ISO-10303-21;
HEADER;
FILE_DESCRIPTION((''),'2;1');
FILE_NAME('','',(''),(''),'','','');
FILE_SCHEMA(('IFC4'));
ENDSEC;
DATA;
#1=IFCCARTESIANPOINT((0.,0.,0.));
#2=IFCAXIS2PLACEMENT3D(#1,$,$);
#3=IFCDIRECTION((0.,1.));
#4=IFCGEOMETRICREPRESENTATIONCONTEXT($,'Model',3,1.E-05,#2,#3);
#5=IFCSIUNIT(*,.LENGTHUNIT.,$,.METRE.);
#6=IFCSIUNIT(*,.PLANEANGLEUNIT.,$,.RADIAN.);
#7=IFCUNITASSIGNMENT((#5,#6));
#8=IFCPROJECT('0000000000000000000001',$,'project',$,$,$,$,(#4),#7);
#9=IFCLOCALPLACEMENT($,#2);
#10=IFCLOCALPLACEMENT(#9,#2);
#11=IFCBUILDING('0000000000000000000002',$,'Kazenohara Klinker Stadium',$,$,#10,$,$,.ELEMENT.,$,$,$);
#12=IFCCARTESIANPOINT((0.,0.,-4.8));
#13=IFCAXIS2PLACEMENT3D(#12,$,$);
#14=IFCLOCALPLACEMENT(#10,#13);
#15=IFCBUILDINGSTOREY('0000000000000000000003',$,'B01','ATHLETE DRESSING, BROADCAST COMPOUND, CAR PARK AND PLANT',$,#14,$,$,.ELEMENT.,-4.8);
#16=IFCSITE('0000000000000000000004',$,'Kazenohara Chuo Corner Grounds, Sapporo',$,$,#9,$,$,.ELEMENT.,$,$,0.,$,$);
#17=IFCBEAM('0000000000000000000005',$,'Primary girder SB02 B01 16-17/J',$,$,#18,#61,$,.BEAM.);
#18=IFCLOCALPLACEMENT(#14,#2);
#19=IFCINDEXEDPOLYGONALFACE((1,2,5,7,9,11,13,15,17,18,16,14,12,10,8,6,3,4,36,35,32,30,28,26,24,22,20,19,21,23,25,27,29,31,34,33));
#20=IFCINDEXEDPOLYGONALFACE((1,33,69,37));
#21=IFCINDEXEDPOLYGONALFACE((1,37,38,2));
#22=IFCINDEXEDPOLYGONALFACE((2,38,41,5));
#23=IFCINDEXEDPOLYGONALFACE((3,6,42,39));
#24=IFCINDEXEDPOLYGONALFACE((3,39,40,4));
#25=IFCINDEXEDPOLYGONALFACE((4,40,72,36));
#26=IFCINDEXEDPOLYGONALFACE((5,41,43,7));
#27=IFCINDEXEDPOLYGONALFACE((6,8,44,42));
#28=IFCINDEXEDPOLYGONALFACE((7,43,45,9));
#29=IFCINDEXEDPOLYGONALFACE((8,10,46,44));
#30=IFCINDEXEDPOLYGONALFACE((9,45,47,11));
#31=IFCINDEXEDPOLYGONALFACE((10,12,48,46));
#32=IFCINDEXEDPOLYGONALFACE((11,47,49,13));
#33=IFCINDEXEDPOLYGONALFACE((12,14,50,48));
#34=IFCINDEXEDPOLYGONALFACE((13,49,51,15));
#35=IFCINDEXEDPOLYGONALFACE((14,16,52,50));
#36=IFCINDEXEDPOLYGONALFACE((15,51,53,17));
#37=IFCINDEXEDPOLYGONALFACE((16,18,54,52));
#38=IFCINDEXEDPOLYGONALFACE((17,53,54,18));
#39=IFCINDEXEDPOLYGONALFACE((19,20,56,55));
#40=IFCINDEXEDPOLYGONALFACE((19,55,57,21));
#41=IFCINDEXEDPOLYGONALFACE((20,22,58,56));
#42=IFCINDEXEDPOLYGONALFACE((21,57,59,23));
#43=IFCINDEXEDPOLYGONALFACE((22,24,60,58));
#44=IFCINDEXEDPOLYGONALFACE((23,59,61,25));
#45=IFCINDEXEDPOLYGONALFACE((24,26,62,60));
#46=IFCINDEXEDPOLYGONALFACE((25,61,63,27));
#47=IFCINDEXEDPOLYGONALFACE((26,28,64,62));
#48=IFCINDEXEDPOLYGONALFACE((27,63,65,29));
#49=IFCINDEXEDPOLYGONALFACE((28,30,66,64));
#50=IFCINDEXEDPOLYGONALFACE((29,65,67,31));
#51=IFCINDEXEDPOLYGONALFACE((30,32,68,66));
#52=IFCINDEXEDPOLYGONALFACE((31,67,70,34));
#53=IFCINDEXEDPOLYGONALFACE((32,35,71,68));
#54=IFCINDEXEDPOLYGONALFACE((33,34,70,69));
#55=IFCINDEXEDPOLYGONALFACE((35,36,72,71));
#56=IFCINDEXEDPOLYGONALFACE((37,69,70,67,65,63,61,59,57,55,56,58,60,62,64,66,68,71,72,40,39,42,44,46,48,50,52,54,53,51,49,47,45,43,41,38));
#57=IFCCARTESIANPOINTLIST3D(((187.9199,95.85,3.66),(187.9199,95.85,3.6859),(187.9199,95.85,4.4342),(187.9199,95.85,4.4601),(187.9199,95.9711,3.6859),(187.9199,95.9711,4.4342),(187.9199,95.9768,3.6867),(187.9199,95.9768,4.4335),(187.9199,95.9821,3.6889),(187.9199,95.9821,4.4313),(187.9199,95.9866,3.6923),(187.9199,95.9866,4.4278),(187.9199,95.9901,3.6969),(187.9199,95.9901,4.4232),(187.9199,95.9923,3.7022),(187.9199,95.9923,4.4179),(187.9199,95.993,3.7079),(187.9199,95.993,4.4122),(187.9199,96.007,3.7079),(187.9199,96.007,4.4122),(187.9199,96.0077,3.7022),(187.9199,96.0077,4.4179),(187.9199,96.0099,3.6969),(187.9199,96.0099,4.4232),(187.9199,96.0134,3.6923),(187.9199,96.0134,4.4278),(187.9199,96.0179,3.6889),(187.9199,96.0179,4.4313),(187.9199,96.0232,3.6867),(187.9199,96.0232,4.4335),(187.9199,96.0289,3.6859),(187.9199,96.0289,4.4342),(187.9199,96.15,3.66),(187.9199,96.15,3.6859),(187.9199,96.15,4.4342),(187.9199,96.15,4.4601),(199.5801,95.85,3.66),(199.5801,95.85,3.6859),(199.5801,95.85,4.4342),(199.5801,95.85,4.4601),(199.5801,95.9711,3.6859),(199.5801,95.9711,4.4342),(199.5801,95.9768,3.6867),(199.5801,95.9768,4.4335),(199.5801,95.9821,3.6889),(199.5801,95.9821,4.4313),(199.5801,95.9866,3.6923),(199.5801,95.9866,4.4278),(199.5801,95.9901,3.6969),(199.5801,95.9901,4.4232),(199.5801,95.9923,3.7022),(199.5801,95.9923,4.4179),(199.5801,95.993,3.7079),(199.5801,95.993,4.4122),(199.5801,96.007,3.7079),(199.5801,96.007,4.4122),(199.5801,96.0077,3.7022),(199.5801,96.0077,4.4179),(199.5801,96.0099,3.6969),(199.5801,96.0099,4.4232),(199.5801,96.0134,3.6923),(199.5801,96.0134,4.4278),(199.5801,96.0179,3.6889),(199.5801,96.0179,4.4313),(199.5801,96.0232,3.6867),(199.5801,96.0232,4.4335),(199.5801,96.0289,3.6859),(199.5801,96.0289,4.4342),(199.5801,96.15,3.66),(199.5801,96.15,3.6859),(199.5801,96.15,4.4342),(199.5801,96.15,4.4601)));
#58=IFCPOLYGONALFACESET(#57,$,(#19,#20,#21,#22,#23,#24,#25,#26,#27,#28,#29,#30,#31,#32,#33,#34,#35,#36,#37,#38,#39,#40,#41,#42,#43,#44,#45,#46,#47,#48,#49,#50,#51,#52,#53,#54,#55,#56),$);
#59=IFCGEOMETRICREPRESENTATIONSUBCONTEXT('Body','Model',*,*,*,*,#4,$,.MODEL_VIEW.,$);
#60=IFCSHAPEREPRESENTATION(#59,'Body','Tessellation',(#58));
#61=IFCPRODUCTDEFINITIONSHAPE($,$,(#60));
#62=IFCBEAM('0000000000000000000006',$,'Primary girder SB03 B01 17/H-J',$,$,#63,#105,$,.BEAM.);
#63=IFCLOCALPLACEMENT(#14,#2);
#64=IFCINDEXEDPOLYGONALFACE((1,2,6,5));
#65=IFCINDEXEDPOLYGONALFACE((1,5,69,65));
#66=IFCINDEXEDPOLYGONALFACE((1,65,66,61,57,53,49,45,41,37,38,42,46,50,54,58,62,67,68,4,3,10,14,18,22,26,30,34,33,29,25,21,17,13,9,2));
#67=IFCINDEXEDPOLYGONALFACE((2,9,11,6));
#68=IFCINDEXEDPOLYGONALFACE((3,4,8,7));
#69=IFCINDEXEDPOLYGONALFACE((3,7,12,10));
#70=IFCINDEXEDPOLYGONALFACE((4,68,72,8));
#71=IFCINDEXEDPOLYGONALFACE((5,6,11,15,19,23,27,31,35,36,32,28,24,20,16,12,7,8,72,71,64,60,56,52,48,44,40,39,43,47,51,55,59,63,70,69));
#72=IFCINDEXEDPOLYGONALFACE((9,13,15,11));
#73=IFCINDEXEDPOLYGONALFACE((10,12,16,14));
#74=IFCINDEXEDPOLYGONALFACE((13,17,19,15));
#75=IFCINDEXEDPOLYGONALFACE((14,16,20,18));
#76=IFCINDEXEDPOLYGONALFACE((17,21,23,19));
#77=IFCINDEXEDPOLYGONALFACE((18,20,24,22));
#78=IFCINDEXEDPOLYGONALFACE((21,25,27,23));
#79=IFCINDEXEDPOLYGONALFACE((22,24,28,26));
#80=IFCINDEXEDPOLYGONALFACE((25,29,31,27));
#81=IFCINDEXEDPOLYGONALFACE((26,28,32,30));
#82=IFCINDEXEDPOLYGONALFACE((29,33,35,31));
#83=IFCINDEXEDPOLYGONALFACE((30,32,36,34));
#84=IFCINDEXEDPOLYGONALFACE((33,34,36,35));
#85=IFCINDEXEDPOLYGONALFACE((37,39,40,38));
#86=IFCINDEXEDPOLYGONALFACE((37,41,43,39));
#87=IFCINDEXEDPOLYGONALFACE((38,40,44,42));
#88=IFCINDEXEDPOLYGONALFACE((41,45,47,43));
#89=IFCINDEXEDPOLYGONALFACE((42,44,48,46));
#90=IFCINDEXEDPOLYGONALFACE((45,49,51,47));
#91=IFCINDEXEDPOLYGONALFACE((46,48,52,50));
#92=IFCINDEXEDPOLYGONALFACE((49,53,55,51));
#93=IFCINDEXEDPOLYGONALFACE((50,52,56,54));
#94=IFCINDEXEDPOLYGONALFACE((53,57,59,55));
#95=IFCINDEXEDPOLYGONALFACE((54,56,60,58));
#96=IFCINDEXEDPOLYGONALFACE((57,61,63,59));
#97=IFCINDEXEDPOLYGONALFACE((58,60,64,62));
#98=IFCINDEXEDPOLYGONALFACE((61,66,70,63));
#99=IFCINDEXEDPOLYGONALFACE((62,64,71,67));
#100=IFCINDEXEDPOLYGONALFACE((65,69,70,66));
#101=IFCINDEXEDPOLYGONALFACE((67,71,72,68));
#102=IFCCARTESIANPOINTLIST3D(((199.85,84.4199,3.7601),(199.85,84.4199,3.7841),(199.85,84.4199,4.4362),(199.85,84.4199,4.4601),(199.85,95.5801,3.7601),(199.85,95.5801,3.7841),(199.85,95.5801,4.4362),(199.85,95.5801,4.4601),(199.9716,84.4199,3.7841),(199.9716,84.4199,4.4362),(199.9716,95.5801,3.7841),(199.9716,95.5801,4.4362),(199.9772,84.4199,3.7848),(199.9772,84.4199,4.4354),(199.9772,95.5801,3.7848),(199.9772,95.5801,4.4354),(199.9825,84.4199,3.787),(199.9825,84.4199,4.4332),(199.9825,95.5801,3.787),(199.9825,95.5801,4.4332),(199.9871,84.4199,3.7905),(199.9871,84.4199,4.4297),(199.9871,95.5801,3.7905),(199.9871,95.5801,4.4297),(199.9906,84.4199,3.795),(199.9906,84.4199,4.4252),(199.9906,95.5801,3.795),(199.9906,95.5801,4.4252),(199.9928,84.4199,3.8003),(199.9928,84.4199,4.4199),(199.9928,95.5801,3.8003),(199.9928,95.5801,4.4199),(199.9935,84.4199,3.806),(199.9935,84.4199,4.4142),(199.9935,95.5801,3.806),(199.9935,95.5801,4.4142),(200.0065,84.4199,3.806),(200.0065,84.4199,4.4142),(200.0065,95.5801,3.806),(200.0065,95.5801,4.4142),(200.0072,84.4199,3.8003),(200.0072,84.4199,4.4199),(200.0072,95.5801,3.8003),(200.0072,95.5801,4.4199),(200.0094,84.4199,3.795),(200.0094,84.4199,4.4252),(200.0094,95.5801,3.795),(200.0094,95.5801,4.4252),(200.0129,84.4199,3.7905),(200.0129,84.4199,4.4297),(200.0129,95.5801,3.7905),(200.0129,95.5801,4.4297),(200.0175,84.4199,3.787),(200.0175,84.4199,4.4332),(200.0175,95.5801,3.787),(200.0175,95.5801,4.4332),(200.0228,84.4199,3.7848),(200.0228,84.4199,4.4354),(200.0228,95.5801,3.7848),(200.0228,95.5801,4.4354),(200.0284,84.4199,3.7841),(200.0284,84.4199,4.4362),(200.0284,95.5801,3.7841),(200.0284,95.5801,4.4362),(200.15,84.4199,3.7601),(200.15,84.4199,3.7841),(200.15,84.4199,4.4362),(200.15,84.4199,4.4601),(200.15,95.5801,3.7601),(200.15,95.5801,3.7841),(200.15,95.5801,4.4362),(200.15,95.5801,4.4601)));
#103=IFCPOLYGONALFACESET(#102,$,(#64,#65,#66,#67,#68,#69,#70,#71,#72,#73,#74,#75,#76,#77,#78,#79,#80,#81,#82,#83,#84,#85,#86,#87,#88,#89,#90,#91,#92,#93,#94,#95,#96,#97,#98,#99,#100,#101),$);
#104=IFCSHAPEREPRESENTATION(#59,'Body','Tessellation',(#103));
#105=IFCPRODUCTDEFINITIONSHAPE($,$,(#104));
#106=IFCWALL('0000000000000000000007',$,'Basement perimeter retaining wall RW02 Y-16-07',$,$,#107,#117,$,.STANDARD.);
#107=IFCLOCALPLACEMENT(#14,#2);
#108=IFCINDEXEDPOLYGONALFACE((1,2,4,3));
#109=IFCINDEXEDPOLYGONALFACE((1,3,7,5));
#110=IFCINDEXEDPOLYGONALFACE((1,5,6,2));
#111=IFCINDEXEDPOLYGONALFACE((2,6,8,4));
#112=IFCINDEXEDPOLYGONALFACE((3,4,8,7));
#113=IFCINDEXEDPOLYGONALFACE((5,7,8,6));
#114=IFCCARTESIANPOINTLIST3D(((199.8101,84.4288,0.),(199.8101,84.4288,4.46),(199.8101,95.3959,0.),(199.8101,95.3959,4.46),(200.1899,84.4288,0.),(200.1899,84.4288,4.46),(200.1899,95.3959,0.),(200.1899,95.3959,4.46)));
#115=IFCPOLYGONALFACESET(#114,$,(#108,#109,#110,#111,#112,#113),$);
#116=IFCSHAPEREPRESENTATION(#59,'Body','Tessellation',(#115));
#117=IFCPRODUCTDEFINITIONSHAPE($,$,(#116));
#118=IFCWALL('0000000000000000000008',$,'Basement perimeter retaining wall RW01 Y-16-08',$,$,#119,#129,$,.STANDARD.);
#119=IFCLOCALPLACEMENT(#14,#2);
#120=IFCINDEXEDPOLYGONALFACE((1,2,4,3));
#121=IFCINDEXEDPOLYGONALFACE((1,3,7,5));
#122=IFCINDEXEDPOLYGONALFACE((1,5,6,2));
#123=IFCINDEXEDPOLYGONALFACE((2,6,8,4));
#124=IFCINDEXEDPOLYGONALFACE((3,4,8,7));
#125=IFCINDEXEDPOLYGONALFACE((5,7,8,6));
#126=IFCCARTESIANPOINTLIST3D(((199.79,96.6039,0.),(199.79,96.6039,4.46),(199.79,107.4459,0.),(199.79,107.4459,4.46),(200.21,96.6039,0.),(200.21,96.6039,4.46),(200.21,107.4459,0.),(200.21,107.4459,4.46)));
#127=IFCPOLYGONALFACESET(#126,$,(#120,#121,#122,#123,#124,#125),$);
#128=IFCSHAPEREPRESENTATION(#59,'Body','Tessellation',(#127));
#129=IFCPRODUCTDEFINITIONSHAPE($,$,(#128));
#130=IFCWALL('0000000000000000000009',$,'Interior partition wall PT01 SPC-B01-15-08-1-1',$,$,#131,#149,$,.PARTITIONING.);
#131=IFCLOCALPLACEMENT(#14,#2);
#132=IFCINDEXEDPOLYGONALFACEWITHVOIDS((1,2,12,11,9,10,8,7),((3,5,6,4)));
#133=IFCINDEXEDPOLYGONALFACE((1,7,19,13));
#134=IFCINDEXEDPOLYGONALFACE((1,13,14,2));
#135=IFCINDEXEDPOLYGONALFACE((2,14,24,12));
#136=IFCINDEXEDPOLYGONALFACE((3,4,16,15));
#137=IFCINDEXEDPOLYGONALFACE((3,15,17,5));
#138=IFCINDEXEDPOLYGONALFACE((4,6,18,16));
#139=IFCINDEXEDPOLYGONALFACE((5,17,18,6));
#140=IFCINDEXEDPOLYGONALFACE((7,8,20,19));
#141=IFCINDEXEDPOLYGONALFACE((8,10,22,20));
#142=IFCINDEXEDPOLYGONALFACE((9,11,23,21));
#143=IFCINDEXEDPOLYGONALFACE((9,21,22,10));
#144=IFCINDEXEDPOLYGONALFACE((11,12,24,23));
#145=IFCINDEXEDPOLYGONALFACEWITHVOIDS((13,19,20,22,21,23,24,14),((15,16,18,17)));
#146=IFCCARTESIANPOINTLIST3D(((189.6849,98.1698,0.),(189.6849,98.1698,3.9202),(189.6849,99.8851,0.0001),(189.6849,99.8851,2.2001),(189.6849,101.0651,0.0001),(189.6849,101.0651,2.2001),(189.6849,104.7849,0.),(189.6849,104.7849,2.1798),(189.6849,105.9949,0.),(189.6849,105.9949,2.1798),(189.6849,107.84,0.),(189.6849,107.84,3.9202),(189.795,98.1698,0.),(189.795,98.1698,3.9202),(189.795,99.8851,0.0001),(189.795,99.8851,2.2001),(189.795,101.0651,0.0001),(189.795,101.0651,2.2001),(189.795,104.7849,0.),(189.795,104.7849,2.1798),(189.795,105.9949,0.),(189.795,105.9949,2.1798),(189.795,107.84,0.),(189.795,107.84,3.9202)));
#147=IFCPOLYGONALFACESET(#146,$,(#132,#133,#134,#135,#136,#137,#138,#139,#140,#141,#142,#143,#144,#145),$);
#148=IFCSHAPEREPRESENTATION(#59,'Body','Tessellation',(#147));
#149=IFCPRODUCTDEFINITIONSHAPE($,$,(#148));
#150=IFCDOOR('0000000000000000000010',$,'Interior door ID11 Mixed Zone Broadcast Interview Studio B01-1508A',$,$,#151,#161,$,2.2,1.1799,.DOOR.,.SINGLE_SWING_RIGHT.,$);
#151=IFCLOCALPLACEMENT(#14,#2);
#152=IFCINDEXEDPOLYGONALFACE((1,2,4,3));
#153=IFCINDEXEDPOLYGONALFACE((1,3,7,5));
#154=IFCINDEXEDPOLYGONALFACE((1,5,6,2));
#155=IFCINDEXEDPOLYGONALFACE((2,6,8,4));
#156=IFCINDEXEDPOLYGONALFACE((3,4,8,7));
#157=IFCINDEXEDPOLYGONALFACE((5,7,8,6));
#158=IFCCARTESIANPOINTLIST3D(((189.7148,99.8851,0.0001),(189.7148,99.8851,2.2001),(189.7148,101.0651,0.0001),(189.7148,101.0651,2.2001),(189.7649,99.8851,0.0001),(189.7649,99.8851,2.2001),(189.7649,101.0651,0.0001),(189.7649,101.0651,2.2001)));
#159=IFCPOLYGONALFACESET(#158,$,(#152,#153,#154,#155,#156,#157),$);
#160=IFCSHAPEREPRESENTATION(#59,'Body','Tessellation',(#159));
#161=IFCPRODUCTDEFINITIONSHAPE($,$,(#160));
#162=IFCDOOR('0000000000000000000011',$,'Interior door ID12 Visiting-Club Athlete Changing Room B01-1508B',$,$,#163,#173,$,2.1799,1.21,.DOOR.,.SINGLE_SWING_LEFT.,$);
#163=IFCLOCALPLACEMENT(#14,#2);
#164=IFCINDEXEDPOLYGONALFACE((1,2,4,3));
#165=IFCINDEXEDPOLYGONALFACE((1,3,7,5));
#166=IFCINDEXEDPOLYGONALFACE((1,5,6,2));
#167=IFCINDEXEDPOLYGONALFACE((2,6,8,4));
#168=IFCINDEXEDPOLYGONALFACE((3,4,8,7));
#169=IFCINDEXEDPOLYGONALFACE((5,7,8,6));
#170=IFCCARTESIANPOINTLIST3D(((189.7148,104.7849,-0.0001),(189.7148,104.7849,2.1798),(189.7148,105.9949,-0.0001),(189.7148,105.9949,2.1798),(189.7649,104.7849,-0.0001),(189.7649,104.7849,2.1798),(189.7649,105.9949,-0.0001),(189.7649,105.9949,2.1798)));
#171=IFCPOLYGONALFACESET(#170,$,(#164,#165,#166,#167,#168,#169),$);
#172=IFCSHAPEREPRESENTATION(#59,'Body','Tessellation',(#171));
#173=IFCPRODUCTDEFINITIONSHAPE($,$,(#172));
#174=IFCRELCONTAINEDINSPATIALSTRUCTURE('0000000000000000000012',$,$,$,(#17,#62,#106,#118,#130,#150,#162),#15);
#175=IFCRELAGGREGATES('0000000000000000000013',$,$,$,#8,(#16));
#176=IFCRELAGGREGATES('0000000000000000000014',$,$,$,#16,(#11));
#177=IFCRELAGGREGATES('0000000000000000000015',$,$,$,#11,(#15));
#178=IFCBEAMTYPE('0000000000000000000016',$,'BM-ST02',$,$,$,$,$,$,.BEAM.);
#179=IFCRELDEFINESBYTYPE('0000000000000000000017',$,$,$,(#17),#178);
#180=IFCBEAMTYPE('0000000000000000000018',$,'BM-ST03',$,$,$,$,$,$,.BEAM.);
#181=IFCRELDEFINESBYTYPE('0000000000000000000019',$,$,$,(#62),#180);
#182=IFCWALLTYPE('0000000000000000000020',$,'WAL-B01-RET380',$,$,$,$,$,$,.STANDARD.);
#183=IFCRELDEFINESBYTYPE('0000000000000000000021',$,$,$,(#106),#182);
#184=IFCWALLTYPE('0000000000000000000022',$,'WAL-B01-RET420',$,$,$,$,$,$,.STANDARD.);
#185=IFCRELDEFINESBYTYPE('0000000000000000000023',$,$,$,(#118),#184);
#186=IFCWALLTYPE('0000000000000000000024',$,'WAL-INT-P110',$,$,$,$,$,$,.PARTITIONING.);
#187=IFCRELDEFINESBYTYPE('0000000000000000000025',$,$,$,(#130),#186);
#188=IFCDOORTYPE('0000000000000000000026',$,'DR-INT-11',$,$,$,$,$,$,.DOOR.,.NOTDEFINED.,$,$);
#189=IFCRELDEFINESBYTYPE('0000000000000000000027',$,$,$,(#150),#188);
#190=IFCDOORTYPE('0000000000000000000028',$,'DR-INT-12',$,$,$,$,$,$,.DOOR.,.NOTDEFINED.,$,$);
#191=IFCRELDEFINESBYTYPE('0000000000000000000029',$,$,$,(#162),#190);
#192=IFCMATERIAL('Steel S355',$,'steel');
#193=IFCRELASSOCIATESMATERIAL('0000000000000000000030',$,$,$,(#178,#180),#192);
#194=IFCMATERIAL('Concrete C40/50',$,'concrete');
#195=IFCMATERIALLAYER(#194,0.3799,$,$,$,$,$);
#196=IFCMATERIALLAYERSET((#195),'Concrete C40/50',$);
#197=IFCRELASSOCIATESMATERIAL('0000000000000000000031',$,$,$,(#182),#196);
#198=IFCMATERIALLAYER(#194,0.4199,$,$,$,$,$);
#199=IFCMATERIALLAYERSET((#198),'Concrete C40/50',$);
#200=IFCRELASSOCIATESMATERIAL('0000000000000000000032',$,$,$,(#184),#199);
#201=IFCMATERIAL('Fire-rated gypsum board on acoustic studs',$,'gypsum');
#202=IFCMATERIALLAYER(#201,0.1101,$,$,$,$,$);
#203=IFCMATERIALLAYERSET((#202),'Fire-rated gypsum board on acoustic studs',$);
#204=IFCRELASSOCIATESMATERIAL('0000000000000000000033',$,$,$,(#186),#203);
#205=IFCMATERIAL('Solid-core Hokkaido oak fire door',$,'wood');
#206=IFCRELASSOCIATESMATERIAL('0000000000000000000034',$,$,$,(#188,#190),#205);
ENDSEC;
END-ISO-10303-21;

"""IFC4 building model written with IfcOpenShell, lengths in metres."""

from ifc_helpers import new_model, si_unit, direction, frame, frame_2d, origin, origin_2d, place, context, subcontext, project, spatial, rectangle, i_section, extrude, material, layer, layer_set, material_profile, profile_set, type_object, element, fill, save


model = new_model("IFC4")

# Units and contexts
model_context = context("Model", 3, precision=1e-05, world=origin(), true_north=direction((0.0, 1.0)))
body_context = subcontext(model_context, "Body", "Model", "MODEL_VIEW")
ifc_project = project(units=[si_unit("LENGTHUNIT", "METRE"), si_unit("PLANEANGLEUNIT", "RADIAN")], contexts=[model_context])

# Site, building, storey
site_placement = place(None, origin())
site = spatial("IfcSite", under=ifc_project, at=site_placement, Name="Kazenohara Chuo Corner Grounds, Sapporo", CompositionType="ELEMENT", RefElevation=0.0)
building_placement = place(site_placement, origin())
building = spatial("IfcBuilding", under=site, at=building_placement, Name="Kazenohara Klinker Stadium", CompositionType="ELEMENT")
storey_placement = place(building_placement, frame((0.0, 0.0, -4.8)))
storey = spatial("IfcBuildingStorey", under=building, at=storey_placement, Name="B01", Description="ATHLETE DRESSING, BROADCAST COMPOUND, CAR PARK AND PLANT", CompositionType="ELEMENT", Elevation=-4.8)

# Shared definitions
ifc_material_1 = material(Name="Concrete C40/50", Category="concrete")

# Beams
ifc_material_2 = material(Name="Steel S355", Category="steel")
ifc_material_profile_1 = material_profile(ifc_material_2, i_section(OverallWidth=0.3, OverallDepth=0.8, WebThickness=0.0139, FlangeThickness=0.0259, FilletRadius=0.022, at=origin_2d()), Name="H-800x300x14x26")
ifc_profile_set_1 = profile_set([ifc_material_profile_1], Name="Steel S355")
beam_type_1 = type_object("IfcBeamType", Name="BM-ST02", PredefinedType="BEAM", material=ifc_profile_set_1)
beam_1_placement = place(storey_placement, frame((187.9199, 96.0, 4.0601), z_axis=(1.0, 0.0, 0.0), x_axis=(0.0, 1.0, 0.0)))
element("IfcBeam", 1, at=beam_1_placement, inside=storey, type_object=beam_type_1, Name="Primary girder SB02 B01 16-17/J", PredefinedType="BEAM", context=body_context, shape_type="SweptSolid", body=[
    extrude(i_section(OverallWidth=0.3, OverallDepth=0.8, WebThickness=0.0139, FlangeThickness=0.0259, FilletRadius=0.022, at=origin_2d()), origin(), (0.0, 0.0, 1.0), 11.6602),
])
ifc_material_profile_2 = material_profile(ifc_material_2, i_section(OverallWidth=0.3, OverallDepth=0.7, WebThickness=0.0129, FlangeThickness=0.0239, FilletRadius=0.022, at=origin_2d()), Name="H-700x300x13x24")
ifc_profile_set_2 = profile_set([ifc_material_profile_2], Name="Steel S355")
beam_type_2 = type_object("IfcBeamType", Name="BM-ST03", PredefinedType="BEAM", material=ifc_profile_set_2)
beam_2_placement = place(storey_placement, frame((200.0, 84.4199, 4.1101), z_axis=(0.0, 1.0, 0.0), x_axis=(-1.0, 0.0, 0.0)))
element("IfcBeam", 2, at=beam_2_placement, inside=storey, type_object=beam_type_2, Name="Primary girder SB03 B01 17/H-J", PredefinedType="BEAM", context=body_context, shape_type="SweptSolid", body=[
    extrude(i_section(OverallWidth=0.3, OverallDepth=0.7, WebThickness=0.0129, FlangeThickness=0.0239, FilletRadius=0.022, at=origin_2d()), origin(), (0.0, 0.0, 1.0), 11.1602),
])

# Walls
ifc_layer_1 = layer(ifc_material_1, 0.3799)
ifc_layer_set_1 = layer_set([ifc_layer_1], Name="Concrete C40/50")
wall_type_1 = type_object("IfcWallType", Name="WAL-B01-RET380", PredefinedType="STANDARD", material=ifc_layer_set_1)
wall_1_placement = place(storey_placement, frame((200.0, 84.429, 0.0), z_axis=(0.0, 0.0, 1.0), x_axis=(0.0, 1.0, 0.0)))
element("IfcWall", 3, at=wall_1_placement, inside=storey, type_object=wall_type_1, Name="Basement perimeter retaining wall RW02 Y-16-07", PredefinedType="STANDARD", context=body_context, shape_type="SweptSolid", body=[
    extrude(rectangle(XDim=10.967, YDim=0.3799, at=frame_2d((5.4834, 0.0))), origin(), (0.0, 0.0, 1.0), 4.46),
])
ifc_layer_2 = layer(ifc_material_1, 0.4199)
ifc_layer_set_2 = layer_set([ifc_layer_2], Name="Concrete C40/50")
wall_type_2 = type_object("IfcWallType", Name="WAL-B01-RET420", PredefinedType="STANDARD", material=ifc_layer_set_2)
wall_2_placement = place(storey_placement, frame((200.0, 96.604, 0.0), z_axis=(0.0, 0.0, 1.0), x_axis=(0.0, 1.0, 0.0)))
element("IfcWall", 4, at=wall_2_placement, inside=storey, type_object=wall_type_2, Name="Basement perimeter retaining wall RW01 Y-16-08", PredefinedType="STANDARD", context=body_context, shape_type="SweptSolid", body=[
    extrude(rectangle(XDim=10.842, YDim=0.4199, at=frame_2d((5.4209, 0.0))), origin(), (0.0, 0.0, 1.0), 4.46),
])

# Wall, openings, doors
ifc_material_3 = material(Name="Fire-rated gypsum board on acoustic studs", Category="gypsum")
ifc_layer_3 = layer(ifc_material_3, 0.1101)
ifc_layer_set_3 = layer_set([ifc_layer_3], Name="Fire-rated gypsum board on acoustic studs")
wall_type_3 = type_object("IfcWallType", Name="WAL-INT-P110", PredefinedType="PARTITIONING", material=ifc_layer_set_3)
wall_3_placement = place(storey_placement, frame((189.74, 98.1699, 0.0), z_axis=(0.0, 0.0, 1.0), x_axis=(0.0, 1.0, 0.0)))
wall_3 = element("IfcWall", 5, at=wall_3_placement, inside=storey, type_object=wall_type_3, Name="Interior partition wall PT01 SPC-B01-15-08-1-1", PredefinedType="PARTITIONING", context=body_context, shape_type="SweptSolid", body=[
    extrude(rectangle(XDim=9.6702, YDim=0.1101, at=frame_2d((4.835, 0.0))), origin(), (0.0, 0.0, 1.0), 3.9202),
])
opening_1_placement = place(wall_3_placement, frame((2.895, 0.0, 0.0), z_axis=(0.0, 0.0, 1.0), x_axis=(-1.0, 0.0, 0.0)))
opening_1 = element("IfcOpeningElement", 6, at=opening_1_placement, cuts=wall_3, PredefinedType="OPENING", context=body_context, shape_type="SweptSolid", body=[
    extrude(rectangle(XDim=1.1799, YDim=2.2, at=frame_2d((0.5898, 1.1001))), frame((0.0, 0.0649, 0.0), z_axis=(0.0, -1.0, 0.0), x_axis=(1.0, 0.0, 0.0)), (0.0, 0.0, 1.0), 0.1301),
])
opening_2_placement = place(wall_3_placement, frame((7.825, 0.0, 0.0), z_axis=(0.0, 0.0, 1.0), x_axis=(-1.0, 0.0, 0.0)))
opening_2 = element("IfcOpeningElement", 7, at=opening_2_placement, cuts=wall_3, PredefinedType="OPENING", context=body_context, shape_type="SweptSolid", body=[
    extrude(rectangle(XDim=1.21, YDim=2.1799, at=frame_2d((0.605, 1.0898))), frame((0.0, 0.0649, 0.0), z_axis=(0.0, -1.0, 0.0), x_axis=(1.0, 0.0, 0.0)), (0.0, 0.0, 1.0), 0.1301),
])
ifc_material_4 = material(Name="Solid-core Hokkaido oak fire door", Category="wood")
door_type_1 = type_object("IfcDoorType", Name="DR-INT-11", OperationType="NOTDEFINED", PredefinedType="DOOR", material=ifc_material_4)
door_1_placement = place(opening_1_placement, origin())
door_1 = element("IfcDoor", 8, at=door_1_placement, inside=storey, type_object=door_type_1, Name="Interior door ID11 Mixed Zone Broadcast Interview Studio B01-1508A", OperationType="SINGLE_SWING_RIGHT", OverallHeight=2.2, OverallWidth=1.1799, PredefinedType="DOOR", context=body_context, shape_type="SweptSolid", body=[
    extrude(rectangle(XDim=1.1799, YDim=2.2, at=frame_2d((0.5898, 1.1001))), frame((0.0, 0.0249, 0.0), z_axis=(0.0, -1.0, 0.0), x_axis=(1.0, 0.0, 0.0)), (0.0, 0.0, 1.0), 0.05),
])
fill(opening_1, door_1)
door_type_2 = type_object("IfcDoorType", Name="DR-INT-12", OperationType="NOTDEFINED", PredefinedType="DOOR", material=ifc_material_4)
door_2_placement = place(opening_2_placement, origin())
door_2 = element("IfcDoor", 9, at=door_2_placement, inside=storey, type_object=door_type_2, Name="Interior door ID12 Visiting-Club Athlete Changing Room B01-1508B", OperationType="SINGLE_SWING_LEFT", OverallHeight=2.1799, OverallWidth=1.21, PredefinedType="DOOR", context=body_context, shape_type="SweptSolid", body=[
    extrude(rectangle(XDim=1.21, YDim=2.1799, at=frame_2d((0.605, 1.0898))), frame((0.0, 0.0249, 0.0), z_axis=(0.0, -1.0, 0.0), x_axis=(1.0, 0.0, 0.0)), (0.0, 0.0, 1.0), 0.05),
])
fill(opening_2, door_2)

save(model, "model.ifc")
